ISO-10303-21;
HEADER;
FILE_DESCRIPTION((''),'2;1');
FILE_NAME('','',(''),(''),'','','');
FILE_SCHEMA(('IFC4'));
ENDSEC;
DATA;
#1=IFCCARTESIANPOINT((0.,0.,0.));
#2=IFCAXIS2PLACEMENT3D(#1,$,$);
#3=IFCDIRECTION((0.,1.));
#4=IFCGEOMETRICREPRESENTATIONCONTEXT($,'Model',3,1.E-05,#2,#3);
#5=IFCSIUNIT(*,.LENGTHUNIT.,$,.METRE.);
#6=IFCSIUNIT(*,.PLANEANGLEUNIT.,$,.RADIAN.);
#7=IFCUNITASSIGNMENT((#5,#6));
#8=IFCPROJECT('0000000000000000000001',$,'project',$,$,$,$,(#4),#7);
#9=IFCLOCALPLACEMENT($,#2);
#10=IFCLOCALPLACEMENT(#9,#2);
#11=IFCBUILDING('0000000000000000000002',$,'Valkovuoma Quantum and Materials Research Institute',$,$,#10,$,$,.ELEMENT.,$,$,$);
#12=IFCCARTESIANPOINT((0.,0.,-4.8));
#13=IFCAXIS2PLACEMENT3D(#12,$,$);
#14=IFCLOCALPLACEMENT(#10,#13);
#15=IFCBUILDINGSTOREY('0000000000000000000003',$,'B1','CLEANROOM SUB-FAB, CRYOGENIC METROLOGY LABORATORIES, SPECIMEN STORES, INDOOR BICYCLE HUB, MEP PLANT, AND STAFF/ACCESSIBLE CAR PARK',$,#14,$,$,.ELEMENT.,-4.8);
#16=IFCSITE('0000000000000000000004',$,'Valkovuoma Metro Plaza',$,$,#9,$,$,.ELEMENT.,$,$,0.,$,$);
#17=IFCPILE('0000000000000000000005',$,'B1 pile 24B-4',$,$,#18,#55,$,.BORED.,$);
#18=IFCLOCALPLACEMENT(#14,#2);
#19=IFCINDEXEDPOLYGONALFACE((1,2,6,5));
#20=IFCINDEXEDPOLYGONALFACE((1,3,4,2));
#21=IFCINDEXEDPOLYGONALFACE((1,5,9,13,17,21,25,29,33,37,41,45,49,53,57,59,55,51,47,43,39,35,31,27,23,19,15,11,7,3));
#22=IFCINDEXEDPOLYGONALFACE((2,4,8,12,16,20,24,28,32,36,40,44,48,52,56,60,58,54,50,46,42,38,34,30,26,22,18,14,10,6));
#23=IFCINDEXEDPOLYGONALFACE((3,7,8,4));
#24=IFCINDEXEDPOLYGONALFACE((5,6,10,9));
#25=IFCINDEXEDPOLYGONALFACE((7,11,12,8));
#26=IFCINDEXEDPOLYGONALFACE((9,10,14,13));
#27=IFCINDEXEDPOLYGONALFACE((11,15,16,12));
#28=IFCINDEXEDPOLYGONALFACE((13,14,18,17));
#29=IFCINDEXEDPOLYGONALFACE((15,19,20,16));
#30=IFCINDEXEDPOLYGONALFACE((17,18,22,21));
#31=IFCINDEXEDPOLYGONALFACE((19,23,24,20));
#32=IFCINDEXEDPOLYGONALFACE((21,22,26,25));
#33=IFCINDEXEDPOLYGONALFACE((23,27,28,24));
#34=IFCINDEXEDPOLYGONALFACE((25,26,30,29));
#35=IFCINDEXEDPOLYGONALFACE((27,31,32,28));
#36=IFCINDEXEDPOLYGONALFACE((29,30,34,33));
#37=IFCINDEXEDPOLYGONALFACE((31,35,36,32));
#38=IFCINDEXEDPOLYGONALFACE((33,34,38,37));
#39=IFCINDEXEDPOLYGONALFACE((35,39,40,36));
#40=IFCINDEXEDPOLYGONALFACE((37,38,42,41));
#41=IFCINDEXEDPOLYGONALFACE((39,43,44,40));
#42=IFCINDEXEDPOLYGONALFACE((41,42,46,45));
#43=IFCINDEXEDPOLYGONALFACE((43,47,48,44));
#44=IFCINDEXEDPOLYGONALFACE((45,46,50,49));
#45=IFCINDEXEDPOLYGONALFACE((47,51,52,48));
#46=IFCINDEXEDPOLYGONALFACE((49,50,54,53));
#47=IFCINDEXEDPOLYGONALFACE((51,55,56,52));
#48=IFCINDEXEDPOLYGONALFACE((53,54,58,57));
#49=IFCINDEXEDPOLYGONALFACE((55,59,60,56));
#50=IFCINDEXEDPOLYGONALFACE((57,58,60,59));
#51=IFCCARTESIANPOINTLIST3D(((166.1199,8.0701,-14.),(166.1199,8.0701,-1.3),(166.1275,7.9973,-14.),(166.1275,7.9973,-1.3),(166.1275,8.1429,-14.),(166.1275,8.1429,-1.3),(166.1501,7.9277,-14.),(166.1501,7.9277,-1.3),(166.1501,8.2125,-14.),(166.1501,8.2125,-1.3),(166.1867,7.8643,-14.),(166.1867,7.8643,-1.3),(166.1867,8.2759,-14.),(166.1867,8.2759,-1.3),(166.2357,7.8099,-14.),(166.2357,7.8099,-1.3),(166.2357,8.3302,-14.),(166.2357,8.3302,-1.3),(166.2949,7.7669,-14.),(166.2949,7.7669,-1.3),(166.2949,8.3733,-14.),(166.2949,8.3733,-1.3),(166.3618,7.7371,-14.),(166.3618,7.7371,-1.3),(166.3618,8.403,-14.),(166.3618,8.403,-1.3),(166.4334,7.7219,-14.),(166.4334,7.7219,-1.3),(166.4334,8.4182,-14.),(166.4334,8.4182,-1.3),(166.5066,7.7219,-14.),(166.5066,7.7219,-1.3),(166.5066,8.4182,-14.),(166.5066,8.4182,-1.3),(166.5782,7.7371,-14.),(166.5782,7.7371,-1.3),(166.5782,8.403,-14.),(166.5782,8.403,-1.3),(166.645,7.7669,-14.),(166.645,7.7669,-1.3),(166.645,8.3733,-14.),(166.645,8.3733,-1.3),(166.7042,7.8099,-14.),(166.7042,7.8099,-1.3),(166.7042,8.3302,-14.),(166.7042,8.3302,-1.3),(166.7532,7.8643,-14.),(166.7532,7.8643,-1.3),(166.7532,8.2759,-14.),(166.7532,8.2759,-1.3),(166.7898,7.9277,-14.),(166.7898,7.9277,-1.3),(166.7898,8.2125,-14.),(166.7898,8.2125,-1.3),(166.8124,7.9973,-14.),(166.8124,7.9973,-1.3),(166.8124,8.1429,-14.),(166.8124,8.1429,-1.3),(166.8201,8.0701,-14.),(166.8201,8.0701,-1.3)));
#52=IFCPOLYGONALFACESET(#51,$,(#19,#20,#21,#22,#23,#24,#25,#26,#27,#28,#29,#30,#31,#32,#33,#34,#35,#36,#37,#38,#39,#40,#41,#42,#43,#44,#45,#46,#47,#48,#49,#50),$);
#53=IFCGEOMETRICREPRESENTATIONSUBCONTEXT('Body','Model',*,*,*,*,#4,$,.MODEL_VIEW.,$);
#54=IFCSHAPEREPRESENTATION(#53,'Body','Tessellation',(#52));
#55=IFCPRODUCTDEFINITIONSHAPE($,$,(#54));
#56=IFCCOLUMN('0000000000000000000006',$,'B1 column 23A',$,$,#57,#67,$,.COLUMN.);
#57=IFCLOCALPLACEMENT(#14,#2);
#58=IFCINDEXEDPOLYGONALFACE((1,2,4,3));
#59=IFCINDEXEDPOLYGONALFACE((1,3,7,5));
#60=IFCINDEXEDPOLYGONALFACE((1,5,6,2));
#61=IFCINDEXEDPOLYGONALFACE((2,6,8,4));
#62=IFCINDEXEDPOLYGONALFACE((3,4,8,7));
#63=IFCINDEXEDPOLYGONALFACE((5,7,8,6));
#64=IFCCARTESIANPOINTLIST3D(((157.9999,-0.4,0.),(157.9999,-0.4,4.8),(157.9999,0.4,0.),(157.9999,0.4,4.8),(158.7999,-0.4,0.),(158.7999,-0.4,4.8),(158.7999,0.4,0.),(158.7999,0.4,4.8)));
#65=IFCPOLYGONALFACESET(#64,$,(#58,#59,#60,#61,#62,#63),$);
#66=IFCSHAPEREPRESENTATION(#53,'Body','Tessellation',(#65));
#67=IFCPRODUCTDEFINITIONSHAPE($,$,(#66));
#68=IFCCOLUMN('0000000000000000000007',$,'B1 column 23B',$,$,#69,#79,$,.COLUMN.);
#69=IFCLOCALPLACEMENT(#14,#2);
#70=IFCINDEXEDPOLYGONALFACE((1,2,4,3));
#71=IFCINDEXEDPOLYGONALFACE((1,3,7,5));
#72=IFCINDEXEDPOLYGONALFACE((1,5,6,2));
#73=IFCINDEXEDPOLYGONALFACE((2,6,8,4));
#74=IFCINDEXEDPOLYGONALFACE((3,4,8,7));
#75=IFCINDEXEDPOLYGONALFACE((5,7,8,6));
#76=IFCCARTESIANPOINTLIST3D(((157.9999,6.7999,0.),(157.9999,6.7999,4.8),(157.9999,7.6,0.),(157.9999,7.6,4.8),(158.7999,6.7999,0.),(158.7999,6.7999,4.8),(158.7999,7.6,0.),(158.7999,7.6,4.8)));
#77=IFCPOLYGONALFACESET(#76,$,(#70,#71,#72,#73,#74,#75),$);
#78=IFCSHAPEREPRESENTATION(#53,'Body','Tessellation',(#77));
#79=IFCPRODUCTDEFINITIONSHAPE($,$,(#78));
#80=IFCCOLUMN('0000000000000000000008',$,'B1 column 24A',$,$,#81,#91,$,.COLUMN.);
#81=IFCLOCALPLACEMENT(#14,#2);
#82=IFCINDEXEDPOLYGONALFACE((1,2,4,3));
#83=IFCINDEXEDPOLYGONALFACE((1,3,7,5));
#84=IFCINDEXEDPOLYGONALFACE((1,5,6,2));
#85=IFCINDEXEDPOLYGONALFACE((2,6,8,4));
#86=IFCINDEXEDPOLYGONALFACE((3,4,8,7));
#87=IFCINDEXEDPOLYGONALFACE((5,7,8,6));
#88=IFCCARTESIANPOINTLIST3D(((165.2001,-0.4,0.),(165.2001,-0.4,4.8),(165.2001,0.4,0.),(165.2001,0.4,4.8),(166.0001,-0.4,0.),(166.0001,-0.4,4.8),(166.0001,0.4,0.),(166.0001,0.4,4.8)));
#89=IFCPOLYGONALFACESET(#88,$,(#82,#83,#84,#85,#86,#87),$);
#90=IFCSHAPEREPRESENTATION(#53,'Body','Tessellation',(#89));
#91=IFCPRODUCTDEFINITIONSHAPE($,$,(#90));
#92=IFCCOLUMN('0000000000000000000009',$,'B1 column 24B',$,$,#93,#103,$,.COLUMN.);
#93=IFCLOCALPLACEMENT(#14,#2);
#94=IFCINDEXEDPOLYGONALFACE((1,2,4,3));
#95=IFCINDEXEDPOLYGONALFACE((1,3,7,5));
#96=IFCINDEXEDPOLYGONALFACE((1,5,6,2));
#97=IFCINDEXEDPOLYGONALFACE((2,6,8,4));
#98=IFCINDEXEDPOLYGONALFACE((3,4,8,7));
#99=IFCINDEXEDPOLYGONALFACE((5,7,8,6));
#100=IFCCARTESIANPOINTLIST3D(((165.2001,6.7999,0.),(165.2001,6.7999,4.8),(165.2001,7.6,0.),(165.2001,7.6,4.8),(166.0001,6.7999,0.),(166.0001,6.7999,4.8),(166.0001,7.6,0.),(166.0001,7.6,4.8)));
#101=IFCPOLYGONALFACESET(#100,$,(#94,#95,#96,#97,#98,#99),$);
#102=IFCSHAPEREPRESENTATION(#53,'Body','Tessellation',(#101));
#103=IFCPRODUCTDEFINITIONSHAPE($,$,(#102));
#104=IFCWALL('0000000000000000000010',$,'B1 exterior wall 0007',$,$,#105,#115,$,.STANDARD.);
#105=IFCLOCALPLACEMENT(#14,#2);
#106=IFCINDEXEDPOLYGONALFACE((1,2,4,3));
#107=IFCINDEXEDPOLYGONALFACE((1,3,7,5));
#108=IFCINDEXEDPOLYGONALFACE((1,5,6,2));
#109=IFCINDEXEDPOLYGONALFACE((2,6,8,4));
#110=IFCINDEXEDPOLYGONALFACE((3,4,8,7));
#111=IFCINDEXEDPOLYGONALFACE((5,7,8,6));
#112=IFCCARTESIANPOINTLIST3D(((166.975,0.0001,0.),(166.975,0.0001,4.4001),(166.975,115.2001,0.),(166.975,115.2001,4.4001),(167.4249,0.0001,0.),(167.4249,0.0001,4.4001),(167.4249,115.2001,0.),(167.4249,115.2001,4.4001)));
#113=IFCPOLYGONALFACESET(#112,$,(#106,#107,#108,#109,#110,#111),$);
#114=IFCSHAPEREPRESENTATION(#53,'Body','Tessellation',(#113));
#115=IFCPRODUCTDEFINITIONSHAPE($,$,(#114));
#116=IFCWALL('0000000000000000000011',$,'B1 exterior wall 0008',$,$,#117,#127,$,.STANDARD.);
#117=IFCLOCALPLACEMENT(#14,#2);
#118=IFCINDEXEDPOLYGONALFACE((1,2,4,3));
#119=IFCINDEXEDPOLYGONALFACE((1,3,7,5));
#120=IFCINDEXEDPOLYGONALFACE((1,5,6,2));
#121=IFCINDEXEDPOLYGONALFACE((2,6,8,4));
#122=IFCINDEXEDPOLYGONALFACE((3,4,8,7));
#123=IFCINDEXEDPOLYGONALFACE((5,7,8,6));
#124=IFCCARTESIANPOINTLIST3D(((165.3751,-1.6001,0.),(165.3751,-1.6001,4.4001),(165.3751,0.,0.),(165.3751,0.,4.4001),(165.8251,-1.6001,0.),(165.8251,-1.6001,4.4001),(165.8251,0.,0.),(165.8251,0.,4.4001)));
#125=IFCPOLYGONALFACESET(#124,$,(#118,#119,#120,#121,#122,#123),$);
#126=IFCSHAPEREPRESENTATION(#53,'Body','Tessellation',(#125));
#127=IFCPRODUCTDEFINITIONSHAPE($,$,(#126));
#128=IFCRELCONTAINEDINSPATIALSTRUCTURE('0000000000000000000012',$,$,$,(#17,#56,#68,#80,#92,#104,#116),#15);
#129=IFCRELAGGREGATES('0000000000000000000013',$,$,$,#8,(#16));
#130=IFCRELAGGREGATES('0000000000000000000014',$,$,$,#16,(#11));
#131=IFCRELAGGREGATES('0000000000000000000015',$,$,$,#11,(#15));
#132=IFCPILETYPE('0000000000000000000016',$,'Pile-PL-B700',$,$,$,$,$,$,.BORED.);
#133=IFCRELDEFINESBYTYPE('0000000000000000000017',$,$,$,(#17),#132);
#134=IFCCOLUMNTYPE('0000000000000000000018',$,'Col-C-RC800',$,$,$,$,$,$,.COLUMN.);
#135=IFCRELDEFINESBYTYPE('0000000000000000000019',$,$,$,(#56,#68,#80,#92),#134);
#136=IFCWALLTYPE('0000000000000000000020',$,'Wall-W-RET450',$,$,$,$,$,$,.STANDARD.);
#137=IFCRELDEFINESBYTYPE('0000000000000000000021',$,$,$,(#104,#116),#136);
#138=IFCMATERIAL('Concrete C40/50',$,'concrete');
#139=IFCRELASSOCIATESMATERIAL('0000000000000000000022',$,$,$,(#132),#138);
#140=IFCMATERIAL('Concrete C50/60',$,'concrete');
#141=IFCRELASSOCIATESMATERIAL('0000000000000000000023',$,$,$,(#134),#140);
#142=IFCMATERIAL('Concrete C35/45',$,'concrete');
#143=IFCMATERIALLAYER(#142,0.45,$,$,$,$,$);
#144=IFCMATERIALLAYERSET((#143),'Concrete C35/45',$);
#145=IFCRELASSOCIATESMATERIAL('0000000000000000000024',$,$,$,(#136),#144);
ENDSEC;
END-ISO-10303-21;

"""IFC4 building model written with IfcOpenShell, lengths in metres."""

from ifc_helpers import new_model, si_unit, direction, frame, frame_2d, origin, origin_2d, place, context, subcontext, project, spatial, rectangle, circle, extrude, material, layer, layer_set, material_profile, profile_set, type_object, element, save


model = new_model("IFC4")

# Units and contexts
model_context = context("Model", 3, precision=1e-05, world=origin(), true_north=direction((0.0, 1.0)))
body_context = subcontext(model_context, "Body", "Model", "MODEL_VIEW")
ifc_project = project(units=[si_unit("LENGTHUNIT", "METRE"), si_unit("PLANEANGLEUNIT", "RADIAN")], contexts=[model_context])

# Site, building, storey
site_placement = place(None, origin())
site = spatial("IfcSite", under=ifc_project, at=site_placement, Name="Valkovuoma Metro Plaza", CompositionType="ELEMENT", RefElevation=0.0)
building_placement = place(site_placement, origin())
building = spatial("IfcBuilding", under=site, at=building_placement, Name="Valkovuoma Quantum and Materials Research Institute", CompositionType="ELEMENT")
storey_placement = place(building_placement, frame((0.0, 0.0, -4.8)))
storey = spatial("IfcBuildingStorey", under=building, at=storey_placement, Name="B1", Description="CLEANROOM SUB-FAB, CRYOGENIC METROLOGY LABORATORIES, SPECIMEN STORES, INDOOR BICYCLE HUB, MEP PLANT, AND STAFF/ACCESSIBLE CAR PARK", CompositionType="ELEMENT", Elevation=-4.8)

# Pile
ifc_material_1 = material(Name="Concrete C40/50", Category="concrete")
ifc_material_profile_1 = material_profile(ifc_material_1, circle(Radius=0.3501, at=origin_2d()), Name="Concrete C40/50")
ifc_profile_set_1 = profile_set([ifc_material_profile_1], Name="Concrete C40/50")
pile_type_1 = type_object("IfcPileType", Name="Pile-PL-B700", PredefinedType="BORED", material=ifc_profile_set_1)
for number, where, z_axis, x_axis, name in (
    (1, (166.47, 8.0701, -1.3), (0.0, 0.0, -1.0), (1.0, 0.0, 0.0), "B1 pile 24B-4"),
):
    element("IfcPile", number, at=place(storey_placement, frame(where, z_axis=z_axis, x_axis=x_axis)), inside=storey, type_object=pile_type_1, Name=name, PredefinedType="BORED", context=body_context, shape_type="SweptSolid", body=[
        extrude(circle(Radius=0.3501, at=origin_2d()), origin(), (0.0, 0.0, 1.0), 12.7),
    ])

# Columns
ifc_material_2 = material(Name="Concrete C50/60", Category="concrete")
ifc_material_profile_2 = material_profile(ifc_material_2, rectangle(XDim=0.8, YDim=0.8, at=origin_2d()), Name="Concrete C50/60")
ifc_profile_set_2 = profile_set([ifc_material_profile_2], Name="Concrete C50/60")
column_type = type_object("IfcColumnType", Name="Col-C-RC800", PredefinedType="COLUMN", material=ifc_profile_set_2)
for number, where, z_axis, x_axis, name in (
    (2, (158.3999, 0.0, 0.0), (0.0, 0.0, 1.0), (1.0, 0.0, 0.0), "B1 column 23A"),
    (3, (158.3999, 7.2, 0.0), (0.0, 0.0, 1.0), (1.0, 0.0, 0.0), "B1 column 23B"),
    (4, (165.6001, 0.0, 0.0), (0.0, 0.0, 1.0), (1.0, 0.0, 0.0), "B1 column 24A"),
    (5, (165.6001, 7.2, 0.0), (0.0, 0.0, 1.0), (1.0, 0.0, 0.0), "B1 column 24B"),
):
    element("IfcColumn", number, at=place(storey_placement, frame(where, z_axis=z_axis, x_axis=x_axis)), inside=storey, type_object=column_type, Name=name, PredefinedType="COLUMN", context=body_context, shape_type="SweptSolid", body=[
        extrude(rectangle(XDim=0.8, YDim=0.8, at=origin_2d()), origin(), (0.0, 0.0, 1.0), 4.8),
    ])

# Walls
ifc_material_3 = material(Name="Concrete C35/45", Category="concrete")
ifc_layer = layer(ifc_material_3, 0.45)
ifc_layer_set = layer_set([ifc_layer], Name="Concrete C35/45")
wall_type = type_object("IfcWallType", Name="Wall-W-RET450", PredefinedType="STANDARD", material=ifc_layer_set)
wall_1_placement = place(storey_placement, frame((167.2, 0.0, 0.0), z_axis=(0.0, 0.0, 1.0), x_axis=(0.0, 1.0, 0.0)))
element("IfcWall", 6, at=wall_1_placement, inside=storey, type_object=wall_type, Name="B1 exterior wall 0007", PredefinedType="STANDARD", context=body_context, shape_type="SweptSolid", body=[
    extrude(rectangle(XDim=115.2, YDim=0.45, at=frame_2d((57.6001, 0.0))), origin(), (0.0, 0.0, 1.0), 4.4001),
])
wall_2_placement = place(storey_placement, frame((165.6001, -1.6001, 0.0), z_axis=(0.0, 0.0, 1.0), x_axis=(0.0, 1.0, 0.0)))
element("IfcWall", 7, at=wall_2_placement, inside=storey, type_object=wall_type, Name="B1 exterior wall 0008", PredefinedType="STANDARD", context=body_context, shape_type="SweptSolid", body=[
    extrude(rectangle(XDim=1.6001, YDim=0.45, at=frame_2d((0.8, 0.0))), origin(), (0.0, 0.0, 1.0), 4.4001),
])

save(model, "model.ifc")
